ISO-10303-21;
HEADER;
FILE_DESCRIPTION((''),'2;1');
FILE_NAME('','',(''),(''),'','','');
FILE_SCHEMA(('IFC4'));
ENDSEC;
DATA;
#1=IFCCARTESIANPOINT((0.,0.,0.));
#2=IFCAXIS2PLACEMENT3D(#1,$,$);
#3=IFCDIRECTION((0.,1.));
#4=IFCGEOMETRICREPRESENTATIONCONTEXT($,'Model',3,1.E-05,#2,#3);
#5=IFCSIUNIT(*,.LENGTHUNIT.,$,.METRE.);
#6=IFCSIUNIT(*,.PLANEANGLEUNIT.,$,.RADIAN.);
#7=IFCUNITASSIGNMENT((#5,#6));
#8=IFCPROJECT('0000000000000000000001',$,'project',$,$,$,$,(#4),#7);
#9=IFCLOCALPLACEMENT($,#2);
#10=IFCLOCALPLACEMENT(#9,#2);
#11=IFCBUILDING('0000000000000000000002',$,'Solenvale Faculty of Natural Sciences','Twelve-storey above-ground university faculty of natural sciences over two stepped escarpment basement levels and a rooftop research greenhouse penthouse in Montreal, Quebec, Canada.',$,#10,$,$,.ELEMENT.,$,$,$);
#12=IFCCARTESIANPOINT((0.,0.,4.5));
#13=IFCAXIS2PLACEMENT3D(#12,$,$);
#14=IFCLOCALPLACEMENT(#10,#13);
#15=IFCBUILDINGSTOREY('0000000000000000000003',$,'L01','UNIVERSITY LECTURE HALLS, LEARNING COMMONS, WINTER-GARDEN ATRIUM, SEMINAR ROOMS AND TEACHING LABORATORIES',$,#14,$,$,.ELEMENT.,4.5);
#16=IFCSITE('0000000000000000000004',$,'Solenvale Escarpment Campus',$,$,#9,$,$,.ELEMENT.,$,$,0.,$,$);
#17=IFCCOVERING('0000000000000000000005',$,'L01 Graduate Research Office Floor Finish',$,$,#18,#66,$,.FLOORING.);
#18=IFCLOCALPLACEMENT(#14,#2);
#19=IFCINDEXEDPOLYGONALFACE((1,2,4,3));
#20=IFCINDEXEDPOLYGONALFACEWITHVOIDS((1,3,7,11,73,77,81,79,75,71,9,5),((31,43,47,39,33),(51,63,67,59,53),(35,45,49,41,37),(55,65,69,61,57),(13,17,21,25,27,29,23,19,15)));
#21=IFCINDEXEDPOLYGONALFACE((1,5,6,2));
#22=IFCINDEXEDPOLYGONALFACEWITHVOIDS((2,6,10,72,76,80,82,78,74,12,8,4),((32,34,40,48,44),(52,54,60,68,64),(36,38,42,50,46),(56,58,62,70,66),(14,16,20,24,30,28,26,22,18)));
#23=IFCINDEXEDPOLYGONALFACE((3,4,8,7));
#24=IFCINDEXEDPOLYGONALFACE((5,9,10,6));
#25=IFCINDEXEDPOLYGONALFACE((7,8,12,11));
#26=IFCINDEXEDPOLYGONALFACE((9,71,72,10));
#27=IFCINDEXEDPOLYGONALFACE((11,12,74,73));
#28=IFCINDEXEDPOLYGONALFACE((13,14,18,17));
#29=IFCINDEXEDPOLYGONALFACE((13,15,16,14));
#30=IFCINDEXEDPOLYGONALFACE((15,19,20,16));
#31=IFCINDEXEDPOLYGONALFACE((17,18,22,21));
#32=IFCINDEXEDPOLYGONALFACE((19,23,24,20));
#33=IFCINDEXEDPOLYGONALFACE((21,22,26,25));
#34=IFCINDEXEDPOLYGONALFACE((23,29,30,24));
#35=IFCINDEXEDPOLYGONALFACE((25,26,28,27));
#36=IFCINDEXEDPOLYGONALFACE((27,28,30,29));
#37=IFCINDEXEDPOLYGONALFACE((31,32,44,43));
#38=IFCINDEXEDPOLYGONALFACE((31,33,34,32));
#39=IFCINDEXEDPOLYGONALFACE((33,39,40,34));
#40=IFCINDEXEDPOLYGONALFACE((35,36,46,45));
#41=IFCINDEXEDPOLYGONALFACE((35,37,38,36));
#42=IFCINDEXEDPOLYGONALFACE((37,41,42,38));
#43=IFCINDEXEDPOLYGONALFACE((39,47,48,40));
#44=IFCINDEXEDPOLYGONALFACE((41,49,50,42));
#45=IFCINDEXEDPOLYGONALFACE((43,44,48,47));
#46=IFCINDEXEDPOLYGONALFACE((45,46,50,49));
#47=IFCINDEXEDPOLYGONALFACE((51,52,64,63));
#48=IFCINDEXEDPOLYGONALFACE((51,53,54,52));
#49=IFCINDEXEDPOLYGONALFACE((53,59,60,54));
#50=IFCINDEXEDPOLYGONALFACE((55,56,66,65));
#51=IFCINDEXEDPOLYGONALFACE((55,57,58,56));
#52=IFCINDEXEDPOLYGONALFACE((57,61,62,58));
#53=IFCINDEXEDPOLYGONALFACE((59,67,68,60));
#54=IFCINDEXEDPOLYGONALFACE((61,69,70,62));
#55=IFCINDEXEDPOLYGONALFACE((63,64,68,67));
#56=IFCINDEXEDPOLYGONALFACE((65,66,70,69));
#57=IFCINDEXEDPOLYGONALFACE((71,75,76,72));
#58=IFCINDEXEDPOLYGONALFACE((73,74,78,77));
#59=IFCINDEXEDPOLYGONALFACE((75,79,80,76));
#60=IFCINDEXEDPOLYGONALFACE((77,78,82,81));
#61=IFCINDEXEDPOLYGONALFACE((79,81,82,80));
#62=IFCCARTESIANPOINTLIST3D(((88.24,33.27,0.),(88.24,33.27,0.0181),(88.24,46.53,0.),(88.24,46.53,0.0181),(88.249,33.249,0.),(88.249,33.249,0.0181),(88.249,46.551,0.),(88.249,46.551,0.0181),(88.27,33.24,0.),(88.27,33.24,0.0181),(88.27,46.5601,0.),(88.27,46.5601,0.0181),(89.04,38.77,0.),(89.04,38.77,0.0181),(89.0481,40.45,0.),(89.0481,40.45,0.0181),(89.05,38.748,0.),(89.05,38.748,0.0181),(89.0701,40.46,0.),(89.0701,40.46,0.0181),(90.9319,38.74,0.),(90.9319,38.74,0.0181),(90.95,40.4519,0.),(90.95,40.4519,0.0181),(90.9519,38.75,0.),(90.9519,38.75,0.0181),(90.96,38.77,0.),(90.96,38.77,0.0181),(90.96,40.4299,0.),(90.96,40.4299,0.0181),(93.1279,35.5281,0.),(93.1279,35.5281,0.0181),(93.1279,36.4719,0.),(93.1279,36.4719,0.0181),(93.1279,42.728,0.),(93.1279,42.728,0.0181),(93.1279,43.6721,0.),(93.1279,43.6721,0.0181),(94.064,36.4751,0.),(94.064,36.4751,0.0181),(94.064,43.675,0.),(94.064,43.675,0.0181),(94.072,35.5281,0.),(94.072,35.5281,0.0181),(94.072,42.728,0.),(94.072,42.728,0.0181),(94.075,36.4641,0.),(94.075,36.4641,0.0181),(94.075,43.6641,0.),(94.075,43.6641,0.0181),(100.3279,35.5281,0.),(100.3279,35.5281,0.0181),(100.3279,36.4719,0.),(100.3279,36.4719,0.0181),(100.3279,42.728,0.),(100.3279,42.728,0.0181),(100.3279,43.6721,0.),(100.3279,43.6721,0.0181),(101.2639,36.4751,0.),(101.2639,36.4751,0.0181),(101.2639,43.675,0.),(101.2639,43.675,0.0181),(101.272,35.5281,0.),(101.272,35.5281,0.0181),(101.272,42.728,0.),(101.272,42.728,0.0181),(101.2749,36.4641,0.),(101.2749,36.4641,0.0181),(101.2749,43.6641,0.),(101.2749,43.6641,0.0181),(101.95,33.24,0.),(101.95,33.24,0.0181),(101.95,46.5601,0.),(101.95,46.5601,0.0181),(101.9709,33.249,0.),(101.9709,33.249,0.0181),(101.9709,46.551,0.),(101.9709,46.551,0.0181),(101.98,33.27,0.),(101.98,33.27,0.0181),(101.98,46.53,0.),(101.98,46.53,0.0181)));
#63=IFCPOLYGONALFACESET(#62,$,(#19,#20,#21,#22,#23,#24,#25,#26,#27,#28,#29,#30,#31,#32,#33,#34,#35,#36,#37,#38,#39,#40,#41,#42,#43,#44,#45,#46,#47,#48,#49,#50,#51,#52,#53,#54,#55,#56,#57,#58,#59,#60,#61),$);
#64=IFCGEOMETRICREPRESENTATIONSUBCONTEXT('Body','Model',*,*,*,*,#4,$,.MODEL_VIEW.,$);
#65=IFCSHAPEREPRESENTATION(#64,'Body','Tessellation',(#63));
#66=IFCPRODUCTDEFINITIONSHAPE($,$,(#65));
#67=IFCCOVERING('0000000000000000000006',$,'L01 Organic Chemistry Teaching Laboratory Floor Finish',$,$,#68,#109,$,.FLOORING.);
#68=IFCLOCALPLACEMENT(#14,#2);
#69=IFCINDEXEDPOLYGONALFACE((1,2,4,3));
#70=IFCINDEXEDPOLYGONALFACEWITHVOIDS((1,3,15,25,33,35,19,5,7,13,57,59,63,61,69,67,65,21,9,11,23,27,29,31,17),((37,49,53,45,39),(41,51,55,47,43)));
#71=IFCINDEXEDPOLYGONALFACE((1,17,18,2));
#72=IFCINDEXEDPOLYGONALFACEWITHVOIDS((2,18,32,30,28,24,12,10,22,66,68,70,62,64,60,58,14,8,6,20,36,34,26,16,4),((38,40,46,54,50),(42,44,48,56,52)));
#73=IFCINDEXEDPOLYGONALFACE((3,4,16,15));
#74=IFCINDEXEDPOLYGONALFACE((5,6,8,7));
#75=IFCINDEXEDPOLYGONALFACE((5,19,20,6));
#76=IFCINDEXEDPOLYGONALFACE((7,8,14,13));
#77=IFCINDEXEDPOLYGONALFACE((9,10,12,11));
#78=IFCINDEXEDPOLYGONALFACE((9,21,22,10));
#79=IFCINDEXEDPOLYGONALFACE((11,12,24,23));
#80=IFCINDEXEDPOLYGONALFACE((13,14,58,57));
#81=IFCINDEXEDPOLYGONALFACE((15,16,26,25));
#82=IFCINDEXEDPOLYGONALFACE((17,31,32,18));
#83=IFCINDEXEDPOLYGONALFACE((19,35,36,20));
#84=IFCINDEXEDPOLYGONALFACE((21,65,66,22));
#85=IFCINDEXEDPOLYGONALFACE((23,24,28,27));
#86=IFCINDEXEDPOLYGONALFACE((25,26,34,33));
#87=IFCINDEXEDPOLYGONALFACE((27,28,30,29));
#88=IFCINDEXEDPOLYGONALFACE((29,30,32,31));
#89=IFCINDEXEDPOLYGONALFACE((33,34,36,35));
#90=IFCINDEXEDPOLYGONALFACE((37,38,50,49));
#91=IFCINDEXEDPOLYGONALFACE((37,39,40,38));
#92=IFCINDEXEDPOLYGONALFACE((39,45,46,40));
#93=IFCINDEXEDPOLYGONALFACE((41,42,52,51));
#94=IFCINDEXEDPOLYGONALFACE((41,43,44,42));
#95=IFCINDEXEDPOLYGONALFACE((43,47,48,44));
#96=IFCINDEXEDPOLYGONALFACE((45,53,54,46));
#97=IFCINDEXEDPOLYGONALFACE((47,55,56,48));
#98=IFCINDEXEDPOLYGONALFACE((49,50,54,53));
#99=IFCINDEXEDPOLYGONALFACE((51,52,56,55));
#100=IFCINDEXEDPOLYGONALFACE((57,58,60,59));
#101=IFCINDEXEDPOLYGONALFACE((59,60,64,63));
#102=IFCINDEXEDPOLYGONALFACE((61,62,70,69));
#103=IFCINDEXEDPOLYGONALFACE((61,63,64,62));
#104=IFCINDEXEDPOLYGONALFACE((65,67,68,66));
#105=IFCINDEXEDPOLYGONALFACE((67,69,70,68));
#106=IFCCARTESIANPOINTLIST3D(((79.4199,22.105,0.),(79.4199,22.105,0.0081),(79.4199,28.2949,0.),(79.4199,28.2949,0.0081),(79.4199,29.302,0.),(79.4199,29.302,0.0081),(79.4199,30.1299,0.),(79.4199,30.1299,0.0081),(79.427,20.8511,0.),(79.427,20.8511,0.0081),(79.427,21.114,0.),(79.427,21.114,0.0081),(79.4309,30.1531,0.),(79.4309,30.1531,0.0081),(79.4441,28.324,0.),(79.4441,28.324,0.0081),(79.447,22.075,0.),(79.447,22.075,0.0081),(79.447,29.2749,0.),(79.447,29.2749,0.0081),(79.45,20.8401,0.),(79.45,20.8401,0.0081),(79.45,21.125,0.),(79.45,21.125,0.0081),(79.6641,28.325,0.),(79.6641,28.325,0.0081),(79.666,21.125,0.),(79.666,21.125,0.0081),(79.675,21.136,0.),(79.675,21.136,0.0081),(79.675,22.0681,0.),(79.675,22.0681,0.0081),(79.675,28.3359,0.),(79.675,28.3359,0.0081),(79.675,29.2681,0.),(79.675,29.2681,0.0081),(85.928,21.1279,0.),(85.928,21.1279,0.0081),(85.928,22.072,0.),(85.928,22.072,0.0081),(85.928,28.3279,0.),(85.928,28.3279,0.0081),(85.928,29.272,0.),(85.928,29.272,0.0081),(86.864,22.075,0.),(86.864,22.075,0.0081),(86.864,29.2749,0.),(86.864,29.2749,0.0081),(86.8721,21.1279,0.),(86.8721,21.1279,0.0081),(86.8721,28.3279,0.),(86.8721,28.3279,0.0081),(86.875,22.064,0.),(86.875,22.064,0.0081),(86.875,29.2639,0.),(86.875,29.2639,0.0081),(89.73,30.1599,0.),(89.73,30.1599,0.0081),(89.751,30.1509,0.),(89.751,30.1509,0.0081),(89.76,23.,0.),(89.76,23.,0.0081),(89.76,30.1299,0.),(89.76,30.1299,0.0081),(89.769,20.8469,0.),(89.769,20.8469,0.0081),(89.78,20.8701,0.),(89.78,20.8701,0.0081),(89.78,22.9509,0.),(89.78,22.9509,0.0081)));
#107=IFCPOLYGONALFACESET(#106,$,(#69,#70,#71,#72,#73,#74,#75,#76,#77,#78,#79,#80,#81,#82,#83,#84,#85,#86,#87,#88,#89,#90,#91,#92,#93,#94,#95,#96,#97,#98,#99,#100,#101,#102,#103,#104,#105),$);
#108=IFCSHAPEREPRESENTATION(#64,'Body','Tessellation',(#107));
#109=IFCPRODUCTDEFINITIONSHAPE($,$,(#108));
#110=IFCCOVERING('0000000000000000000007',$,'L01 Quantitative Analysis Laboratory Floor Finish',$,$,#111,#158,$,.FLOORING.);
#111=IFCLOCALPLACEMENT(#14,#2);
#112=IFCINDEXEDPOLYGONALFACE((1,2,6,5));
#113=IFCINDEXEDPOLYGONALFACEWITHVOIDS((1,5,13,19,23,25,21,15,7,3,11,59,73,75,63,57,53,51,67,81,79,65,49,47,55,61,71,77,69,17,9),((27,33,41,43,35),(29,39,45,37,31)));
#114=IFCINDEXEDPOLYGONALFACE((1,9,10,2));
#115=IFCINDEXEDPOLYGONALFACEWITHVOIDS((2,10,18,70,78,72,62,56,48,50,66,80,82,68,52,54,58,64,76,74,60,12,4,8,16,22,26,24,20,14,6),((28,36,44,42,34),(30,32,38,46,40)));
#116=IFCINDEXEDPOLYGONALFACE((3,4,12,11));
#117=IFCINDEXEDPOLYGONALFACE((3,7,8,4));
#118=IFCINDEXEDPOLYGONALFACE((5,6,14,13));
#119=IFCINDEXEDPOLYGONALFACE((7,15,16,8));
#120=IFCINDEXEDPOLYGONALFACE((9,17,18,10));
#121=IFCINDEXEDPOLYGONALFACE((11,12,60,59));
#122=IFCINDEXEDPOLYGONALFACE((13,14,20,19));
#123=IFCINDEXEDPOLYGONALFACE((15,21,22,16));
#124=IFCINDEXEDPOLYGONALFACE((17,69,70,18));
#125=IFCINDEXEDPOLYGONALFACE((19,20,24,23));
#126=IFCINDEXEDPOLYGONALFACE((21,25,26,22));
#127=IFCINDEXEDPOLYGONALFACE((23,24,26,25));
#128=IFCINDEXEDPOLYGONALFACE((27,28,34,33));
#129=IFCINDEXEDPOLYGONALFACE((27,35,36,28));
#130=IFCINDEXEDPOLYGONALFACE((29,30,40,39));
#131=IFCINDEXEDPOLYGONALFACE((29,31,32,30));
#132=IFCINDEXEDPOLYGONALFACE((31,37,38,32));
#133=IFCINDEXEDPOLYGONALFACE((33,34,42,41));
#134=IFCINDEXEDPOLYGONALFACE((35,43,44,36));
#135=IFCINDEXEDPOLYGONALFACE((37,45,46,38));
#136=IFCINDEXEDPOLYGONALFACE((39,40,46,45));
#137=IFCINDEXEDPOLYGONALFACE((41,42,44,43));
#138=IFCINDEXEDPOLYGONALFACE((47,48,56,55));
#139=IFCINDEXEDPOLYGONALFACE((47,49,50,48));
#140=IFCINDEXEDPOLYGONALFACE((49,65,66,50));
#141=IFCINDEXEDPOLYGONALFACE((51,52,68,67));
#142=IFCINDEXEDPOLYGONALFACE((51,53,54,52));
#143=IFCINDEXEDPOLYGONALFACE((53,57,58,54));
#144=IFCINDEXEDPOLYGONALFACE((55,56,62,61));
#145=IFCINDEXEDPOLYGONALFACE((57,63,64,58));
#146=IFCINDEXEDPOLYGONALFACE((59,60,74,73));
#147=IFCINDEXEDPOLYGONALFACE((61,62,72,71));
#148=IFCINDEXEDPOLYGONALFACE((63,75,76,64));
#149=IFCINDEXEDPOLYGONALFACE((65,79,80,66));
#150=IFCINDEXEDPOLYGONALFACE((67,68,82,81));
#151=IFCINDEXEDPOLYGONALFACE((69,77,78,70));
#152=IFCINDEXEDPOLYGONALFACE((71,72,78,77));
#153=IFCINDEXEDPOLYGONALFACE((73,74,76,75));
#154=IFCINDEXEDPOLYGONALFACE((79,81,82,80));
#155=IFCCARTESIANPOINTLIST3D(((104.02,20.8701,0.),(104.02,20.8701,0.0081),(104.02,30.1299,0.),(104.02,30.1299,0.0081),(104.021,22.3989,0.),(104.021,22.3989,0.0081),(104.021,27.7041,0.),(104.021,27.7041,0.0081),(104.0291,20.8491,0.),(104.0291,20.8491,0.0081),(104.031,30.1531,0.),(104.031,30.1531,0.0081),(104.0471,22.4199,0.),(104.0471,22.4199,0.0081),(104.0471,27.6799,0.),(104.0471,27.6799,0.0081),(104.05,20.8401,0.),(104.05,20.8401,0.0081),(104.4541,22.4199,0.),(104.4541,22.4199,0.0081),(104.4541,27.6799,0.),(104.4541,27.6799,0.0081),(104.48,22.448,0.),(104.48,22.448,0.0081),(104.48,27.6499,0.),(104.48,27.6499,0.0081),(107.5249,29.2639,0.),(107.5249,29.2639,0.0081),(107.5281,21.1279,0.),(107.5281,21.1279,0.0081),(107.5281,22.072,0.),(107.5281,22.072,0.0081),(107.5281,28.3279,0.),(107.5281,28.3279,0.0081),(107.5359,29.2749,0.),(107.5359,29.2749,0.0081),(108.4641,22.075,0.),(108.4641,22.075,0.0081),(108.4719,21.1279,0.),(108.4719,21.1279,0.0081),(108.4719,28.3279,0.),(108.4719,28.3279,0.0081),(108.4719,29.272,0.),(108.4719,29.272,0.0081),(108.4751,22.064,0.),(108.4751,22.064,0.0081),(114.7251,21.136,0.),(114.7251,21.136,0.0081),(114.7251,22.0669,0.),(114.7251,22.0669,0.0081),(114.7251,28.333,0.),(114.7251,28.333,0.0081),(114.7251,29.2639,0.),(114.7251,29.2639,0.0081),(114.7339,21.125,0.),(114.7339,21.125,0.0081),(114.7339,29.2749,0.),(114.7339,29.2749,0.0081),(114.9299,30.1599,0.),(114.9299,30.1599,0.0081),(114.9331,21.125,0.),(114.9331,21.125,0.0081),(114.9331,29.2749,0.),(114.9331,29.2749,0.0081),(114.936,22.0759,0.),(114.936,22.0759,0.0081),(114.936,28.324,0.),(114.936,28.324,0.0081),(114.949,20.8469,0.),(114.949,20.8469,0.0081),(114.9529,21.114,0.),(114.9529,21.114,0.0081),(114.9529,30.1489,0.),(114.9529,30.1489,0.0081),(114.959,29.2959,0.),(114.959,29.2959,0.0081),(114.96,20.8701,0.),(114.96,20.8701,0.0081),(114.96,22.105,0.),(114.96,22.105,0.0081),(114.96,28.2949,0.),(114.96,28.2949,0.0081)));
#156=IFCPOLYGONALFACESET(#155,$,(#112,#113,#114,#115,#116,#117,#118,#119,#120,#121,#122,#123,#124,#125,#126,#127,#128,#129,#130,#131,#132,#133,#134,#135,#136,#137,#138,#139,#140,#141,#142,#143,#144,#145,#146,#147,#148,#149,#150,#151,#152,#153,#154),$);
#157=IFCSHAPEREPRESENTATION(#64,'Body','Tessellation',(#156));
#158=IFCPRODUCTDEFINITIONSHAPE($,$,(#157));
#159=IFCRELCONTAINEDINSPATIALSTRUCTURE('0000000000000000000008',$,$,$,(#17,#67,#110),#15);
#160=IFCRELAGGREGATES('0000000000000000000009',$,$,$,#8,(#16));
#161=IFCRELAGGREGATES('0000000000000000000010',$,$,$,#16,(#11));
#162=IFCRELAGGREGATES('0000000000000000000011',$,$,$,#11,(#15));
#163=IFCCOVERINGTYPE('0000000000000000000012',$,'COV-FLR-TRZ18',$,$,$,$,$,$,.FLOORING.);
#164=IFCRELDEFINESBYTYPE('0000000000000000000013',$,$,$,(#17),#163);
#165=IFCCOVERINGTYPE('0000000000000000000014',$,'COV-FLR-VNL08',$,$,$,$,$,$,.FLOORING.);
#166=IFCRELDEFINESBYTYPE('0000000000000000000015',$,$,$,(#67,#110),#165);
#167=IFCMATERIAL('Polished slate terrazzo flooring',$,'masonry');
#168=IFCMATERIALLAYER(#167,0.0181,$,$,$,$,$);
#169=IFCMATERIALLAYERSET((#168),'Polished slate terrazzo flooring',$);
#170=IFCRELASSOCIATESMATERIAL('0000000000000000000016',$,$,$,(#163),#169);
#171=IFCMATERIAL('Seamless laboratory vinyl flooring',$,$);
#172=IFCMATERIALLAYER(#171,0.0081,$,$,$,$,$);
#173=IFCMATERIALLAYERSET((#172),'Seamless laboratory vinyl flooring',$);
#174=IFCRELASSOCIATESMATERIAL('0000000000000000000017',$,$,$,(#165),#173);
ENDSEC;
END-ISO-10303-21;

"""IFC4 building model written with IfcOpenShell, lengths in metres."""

from ifc_helpers import new_model, si_unit, direction, frame, origin, place, context, subcontext, project, spatial, polyline, outline, extrude, material, layer, layer_set, type_object, element, save


model = new_model("IFC4")

# Units and contexts
model_context = context("Model", 3, precision=1e-05, world=origin(), true_north=direction((0.0, 1.0)))
body_context = subcontext(model_context, "Body", "Model", "MODEL_VIEW")
ifc_project = project(units=[si_unit("LENGTHUNIT", "METRE"), si_unit("PLANEANGLEUNIT", "RADIAN")], contexts=[model_context])

# Site, building, storey
site_placement = place(None, origin())
site = spatial("IfcSite", under=ifc_project, at=site_placement, Name="Solenvale Escarpment Campus", CompositionType="ELEMENT", RefElevation=0.0)
building_placement = place(site_placement, origin())
building = spatial("IfcBuilding", under=site, at=building_placement, Name="Solenvale Faculty of Natural Sciences", Description="Twelve-storey above-ground university faculty of natural sciences over two stepped escarpment basement levels and a rooftop research greenhouse penthouse in Montreal, Quebec, Canada.", CompositionType="ELEMENT")
storey_placement = place(building_placement, frame((0.0, 0.0, 4.5)))
storey = spatial("IfcBuildingStorey", under=building, at=storey_placement, Name="L01", Description="UNIVERSITY LECTURE HALLS, LEARNING COMMONS, WINTER-GARDEN ATRIUM, SEMINAR ROOMS AND TEACHING LABORATORIES", CompositionType="ELEMENT", Elevation=4.5)

# Coverings
ifc_material_1 = material(Name="Polished slate terrazzo flooring", Category="masonry")
ifc_layer_1 = layer(ifc_material_1, 0.0181)
ifc_layer_set_1 = layer_set([ifc_layer_1], Name="Polished slate terrazzo flooring")
covering_type_1 = type_object("IfcCoveringType", Name="COV-FLR-TRZ18", PredefinedType="FLOORING", material=ifc_layer_set_1)
covering_1_placement = place(storey_placement, origin())
element("IfcCovering", 1, at=covering_1_placement, inside=storey, type_object=covering_type_1, Name="L01 Graduate Research Office Floor Finish", PredefinedType="FLOORING", context=body_context, shape_type="SweptSolid", body=[
    extrude(outline(polyline([(101.95, 46.5601), (101.9709, 46.551), (101.98, 46.53), (101.98, 33.27), (101.9709, 33.249), (101.95, 33.24), (88.27, 33.24), (88.249, 33.249), (88.24, 33.27), (88.24, 46.53), (88.249, 46.551), (88.27, 46.5601), (101.95, 46.5601)]), holes=[polyline([(101.2749, 36.4641), (101.2639, 36.4751), (100.3279, 36.4719), (100.3279, 35.5281), (101.272, 35.5281), (101.2749, 36.4641)]), polyline([(101.2749, 43.6641), (101.2639, 43.675), (100.3279, 43.6721), (100.3279, 42.728), (101.272, 42.728), (101.2749, 43.6641)]), polyline([(94.075, 36.4641), (94.064, 36.4751), (93.1279, 36.4719), (93.1279, 35.5281), (94.072, 35.5281), (94.075, 36.4641)]), polyline([(94.075, 43.6641), (94.064, 43.675), (93.1279, 43.6721), (93.1279, 42.728), (94.072, 42.728), (94.075, 43.6641)]), polyline([(90.9319, 38.74), (90.9519, 38.75), (90.96, 38.77), (90.96, 40.4299), (90.95, 40.4519), (89.0701, 40.46), (89.0481, 40.45), (89.04, 38.77), (89.05, 38.748), (90.9319, 38.74)])]), origin(), (0.0, 0.0, 1.0), 0.0181),
])
ifc_material_2 = material(Name="Seamless laboratory vinyl flooring")
ifc_layer_2 = layer(ifc_material_2, 0.0081)
ifc_layer_set_2 = layer_set([ifc_layer_2], Name="Seamless laboratory vinyl flooring")
covering_type_2 = type_object("IfcCoveringType", Name="COV-FLR-VNL08", PredefinedType="FLOORING", material=ifc_layer_set_2)
covering_2_placement = place(storey_placement, origin())
element("IfcCovering", 2, at=covering_2_placement, inside=storey, type_object=covering_type_2, Name="L01 Organic Chemistry Teaching Laboratory Floor Finish", PredefinedType="FLOORING", context=body_context, shape_type="SweptSolid", body=[
    extrude(outline(polyline([(89.73, 30.1599), (89.751, 30.1509), (89.76, 30.1299), (89.76, 23.0), (89.78, 22.9509), (89.78, 20.8701), (89.769, 20.8469), (79.45, 20.8401), (79.427, 20.8511), (79.427, 21.114), (79.45, 21.125), (79.666, 21.125), (79.675, 21.136), (79.675, 22.0681), (79.447, 22.075), (79.4199, 22.105), (79.4199, 28.2949), (79.4441, 28.324), (79.6641, 28.325), (79.675, 28.3359), (79.675, 29.2681), (79.447, 29.2749), (79.4199, 29.302), (79.4199, 30.1299), (79.4309, 30.1531), (89.73, 30.1599)]), holes=[polyline([(86.875, 22.064), (86.864, 22.075), (85.928, 22.072), (85.928, 21.1279), (86.8721, 21.1279), (86.875, 22.064)]), polyline([(86.875, 29.2639), (86.864, 29.2749), (85.928, 29.272), (85.928, 28.3279), (86.8721, 28.3279), (86.875, 29.2639)])]), origin(), (0.0, 0.0, 1.0), 0.0081),
])
covering_3_placement = place(storey_placement, origin())
element("IfcCovering", 3, at=covering_3_placement, inside=storey, type_object=covering_type_2, Name="L01 Quantitative Analysis Laboratory Floor Finish", PredefinedType="FLOORING", context=body_context, shape_type="SweptSolid", body=[
    extrude(outline(polyline([(104.05, 20.8401), (104.0291, 20.8491), (104.02, 20.8701), (104.021, 22.3989), (104.0471, 22.4199), (104.4541, 22.4199), (104.48, 22.448), (104.48, 27.6499), (104.4541, 27.6799), (104.0471, 27.6799), (104.021, 27.7041), (104.02, 30.1299), (104.031, 30.1531), (114.9299, 30.1599), (114.9529, 30.1489), (114.959, 29.2959), (114.9331, 29.2749), (114.7339, 29.2749), (114.7251, 29.2639), (114.7251, 28.333), (114.936, 28.324), (114.96, 28.2949), (114.96, 22.105), (114.936, 22.0759), (114.7251, 22.0669), (114.7251, 21.136), (114.7339, 21.125), (114.9331, 21.125), (114.9529, 21.114), (114.96, 20.8701), (114.949, 20.8469), (104.05, 20.8401)]), holes=[polyline([(107.5359, 29.2749), (107.5249, 29.2639), (107.5281, 28.3279), (108.4719, 28.3279), (108.4719, 29.272), (107.5359, 29.2749)]), polyline([(108.4751, 22.064), (108.4641, 22.075), (107.5281, 22.072), (107.5281, 21.1279), (108.4719, 21.1279), (108.4751, 22.064)])]), origin(), (0.0, 0.0, 1.0), 0.0081),
])

save(model, "model.ifc")
